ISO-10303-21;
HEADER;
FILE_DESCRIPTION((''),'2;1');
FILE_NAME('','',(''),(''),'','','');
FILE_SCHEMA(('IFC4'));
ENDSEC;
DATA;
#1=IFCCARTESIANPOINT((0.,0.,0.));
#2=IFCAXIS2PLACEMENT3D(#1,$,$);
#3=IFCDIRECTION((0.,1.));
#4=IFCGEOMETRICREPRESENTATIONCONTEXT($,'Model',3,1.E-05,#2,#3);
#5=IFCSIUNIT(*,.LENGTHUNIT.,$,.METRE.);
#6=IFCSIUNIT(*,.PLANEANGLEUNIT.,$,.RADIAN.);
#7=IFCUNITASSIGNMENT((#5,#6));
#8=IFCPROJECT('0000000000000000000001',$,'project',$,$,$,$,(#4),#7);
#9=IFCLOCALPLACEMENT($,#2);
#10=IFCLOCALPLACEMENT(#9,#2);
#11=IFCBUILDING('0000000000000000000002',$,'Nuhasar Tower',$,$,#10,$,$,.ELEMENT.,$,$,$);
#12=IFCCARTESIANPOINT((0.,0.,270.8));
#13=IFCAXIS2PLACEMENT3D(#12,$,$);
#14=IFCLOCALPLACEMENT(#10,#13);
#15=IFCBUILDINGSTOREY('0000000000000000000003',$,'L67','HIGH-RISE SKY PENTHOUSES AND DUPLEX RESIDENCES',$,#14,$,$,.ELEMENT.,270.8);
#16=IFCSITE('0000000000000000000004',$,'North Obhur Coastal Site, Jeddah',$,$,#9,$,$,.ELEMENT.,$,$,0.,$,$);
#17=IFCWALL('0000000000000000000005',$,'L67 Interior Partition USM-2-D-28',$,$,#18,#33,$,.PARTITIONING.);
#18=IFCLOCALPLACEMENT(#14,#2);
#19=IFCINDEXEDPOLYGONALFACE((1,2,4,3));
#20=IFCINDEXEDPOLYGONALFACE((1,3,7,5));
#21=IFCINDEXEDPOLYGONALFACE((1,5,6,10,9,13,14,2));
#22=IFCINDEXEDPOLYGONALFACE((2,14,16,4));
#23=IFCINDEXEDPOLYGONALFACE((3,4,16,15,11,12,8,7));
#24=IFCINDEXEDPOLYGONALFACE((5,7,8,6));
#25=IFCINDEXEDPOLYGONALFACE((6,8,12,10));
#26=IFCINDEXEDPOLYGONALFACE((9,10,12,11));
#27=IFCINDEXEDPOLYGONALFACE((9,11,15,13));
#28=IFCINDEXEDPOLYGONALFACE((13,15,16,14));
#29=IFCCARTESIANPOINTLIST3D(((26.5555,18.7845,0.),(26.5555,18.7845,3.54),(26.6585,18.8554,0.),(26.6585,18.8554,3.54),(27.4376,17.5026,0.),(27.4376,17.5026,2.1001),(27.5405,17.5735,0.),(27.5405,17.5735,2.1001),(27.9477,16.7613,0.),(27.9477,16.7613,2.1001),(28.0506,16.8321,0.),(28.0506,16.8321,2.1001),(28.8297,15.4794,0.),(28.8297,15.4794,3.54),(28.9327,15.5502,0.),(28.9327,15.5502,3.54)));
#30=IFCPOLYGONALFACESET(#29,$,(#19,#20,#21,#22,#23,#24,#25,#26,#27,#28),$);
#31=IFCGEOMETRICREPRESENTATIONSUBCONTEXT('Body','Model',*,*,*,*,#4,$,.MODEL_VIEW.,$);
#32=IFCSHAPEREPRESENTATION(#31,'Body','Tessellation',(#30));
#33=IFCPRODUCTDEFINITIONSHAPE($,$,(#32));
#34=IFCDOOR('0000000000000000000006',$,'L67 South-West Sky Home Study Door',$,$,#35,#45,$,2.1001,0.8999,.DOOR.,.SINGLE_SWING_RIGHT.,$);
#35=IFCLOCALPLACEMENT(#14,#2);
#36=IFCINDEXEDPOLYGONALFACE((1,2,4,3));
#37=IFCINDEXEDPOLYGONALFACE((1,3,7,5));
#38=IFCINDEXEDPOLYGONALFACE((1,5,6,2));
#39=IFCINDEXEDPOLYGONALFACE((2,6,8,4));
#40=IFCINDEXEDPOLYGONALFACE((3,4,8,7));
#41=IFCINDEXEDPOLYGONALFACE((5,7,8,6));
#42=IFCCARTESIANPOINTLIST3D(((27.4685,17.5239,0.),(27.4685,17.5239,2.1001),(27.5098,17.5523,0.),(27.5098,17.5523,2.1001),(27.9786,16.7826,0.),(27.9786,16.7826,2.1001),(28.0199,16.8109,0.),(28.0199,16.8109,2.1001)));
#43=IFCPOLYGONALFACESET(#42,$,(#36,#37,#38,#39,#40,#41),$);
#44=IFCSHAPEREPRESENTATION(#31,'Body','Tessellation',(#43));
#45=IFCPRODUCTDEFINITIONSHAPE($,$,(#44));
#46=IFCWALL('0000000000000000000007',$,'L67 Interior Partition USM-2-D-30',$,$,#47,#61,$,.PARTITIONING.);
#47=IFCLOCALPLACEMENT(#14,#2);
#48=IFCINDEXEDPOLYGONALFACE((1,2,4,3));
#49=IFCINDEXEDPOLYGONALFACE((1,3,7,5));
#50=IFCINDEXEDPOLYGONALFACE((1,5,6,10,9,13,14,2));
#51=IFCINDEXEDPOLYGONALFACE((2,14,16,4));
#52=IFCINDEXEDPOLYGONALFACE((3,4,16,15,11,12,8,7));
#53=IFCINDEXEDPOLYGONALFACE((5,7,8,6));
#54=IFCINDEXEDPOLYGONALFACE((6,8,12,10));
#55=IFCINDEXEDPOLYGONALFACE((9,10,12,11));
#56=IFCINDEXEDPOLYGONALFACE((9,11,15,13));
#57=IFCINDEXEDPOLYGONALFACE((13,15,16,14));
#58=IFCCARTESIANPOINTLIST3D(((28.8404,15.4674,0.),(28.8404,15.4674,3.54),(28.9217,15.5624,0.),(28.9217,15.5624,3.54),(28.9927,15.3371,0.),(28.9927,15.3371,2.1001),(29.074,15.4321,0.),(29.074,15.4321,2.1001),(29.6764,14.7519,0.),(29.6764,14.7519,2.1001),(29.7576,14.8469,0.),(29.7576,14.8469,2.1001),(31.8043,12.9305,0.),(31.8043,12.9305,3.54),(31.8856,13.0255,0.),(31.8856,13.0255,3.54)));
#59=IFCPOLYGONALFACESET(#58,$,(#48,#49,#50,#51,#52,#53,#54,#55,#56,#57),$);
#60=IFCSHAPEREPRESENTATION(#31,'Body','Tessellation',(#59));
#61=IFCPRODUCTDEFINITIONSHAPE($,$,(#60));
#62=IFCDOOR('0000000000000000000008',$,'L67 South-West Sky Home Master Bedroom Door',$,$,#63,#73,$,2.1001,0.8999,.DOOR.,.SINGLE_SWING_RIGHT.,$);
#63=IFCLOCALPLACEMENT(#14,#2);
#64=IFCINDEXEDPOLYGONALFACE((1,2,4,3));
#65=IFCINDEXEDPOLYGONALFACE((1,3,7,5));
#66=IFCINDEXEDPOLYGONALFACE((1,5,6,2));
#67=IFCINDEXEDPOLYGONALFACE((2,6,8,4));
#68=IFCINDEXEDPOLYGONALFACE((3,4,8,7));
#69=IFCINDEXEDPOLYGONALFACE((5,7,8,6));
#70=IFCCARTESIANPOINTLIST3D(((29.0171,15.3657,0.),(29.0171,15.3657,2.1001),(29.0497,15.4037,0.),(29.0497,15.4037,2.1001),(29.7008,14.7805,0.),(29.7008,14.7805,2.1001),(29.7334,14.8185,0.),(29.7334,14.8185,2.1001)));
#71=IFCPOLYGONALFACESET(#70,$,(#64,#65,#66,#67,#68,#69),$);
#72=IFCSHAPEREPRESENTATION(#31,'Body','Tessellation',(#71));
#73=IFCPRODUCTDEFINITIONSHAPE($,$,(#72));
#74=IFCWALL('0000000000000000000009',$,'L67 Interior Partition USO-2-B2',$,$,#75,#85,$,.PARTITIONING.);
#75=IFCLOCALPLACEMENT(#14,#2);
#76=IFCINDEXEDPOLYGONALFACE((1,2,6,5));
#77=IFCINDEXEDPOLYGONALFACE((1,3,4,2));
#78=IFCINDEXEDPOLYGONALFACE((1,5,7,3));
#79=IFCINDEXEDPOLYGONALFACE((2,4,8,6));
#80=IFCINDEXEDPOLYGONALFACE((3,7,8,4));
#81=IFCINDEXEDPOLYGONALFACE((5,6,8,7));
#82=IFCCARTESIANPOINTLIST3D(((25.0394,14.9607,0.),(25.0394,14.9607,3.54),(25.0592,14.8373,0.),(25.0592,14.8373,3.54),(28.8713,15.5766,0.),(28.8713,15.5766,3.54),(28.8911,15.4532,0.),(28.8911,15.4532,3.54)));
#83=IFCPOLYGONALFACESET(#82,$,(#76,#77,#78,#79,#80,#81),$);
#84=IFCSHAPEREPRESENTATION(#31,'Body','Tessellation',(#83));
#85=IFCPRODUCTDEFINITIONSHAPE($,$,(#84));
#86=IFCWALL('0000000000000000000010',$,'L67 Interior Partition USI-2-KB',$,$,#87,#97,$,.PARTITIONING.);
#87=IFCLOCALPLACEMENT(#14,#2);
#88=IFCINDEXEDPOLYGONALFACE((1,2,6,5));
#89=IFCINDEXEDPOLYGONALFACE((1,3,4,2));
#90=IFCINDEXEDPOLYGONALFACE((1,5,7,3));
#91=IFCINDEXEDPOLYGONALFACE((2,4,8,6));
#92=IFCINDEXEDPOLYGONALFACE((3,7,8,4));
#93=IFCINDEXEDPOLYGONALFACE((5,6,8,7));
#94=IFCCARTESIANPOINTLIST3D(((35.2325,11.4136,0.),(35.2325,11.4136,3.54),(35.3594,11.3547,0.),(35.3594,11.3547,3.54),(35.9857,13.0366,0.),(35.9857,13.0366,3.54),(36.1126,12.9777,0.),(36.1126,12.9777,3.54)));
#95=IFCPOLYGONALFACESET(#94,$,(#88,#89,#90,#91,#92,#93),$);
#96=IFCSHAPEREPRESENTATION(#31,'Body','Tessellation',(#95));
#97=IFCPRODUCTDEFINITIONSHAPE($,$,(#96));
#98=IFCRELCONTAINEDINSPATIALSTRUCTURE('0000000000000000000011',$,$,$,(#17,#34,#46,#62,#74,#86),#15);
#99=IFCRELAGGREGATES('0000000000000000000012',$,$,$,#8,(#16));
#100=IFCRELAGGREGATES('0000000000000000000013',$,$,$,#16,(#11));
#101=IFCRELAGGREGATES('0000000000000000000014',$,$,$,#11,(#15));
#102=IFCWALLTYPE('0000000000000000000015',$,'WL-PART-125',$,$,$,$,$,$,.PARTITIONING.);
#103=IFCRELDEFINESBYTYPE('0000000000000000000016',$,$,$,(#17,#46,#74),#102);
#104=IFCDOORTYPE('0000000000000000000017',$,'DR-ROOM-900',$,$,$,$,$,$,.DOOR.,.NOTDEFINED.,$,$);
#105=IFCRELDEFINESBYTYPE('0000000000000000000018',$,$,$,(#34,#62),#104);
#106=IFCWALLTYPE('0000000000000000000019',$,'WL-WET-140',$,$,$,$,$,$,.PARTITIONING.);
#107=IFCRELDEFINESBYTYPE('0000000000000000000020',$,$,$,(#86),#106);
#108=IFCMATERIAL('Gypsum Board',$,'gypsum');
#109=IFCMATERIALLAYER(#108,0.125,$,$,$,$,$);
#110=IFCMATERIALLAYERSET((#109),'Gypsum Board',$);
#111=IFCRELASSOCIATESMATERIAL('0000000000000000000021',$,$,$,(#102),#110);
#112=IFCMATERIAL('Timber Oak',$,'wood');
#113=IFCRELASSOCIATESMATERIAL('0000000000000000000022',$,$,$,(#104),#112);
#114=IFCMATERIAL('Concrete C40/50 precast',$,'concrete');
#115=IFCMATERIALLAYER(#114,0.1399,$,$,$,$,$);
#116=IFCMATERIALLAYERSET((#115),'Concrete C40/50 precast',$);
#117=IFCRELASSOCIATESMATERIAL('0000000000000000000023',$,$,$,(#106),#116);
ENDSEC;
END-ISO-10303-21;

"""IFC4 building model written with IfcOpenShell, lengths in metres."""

from ifc_helpers import new_model, si_unit, direction, frame, frame_2d, origin, place, context, subcontext, project, spatial, rectangle, extrude, material, layer, layer_set, type_object, element, fill, save


model = new_model("IFC4")

# Units and contexts
model_context = context("Model", 3, precision=1e-05, world=origin(), true_north=direction((0.0, 1.0)))
body_context = subcontext(model_context, "Body", "Model", "MODEL_VIEW")
ifc_project = project(units=[si_unit("LENGTHUNIT", "METRE"), si_unit("PLANEANGLEUNIT", "RADIAN")], contexts=[model_context])

# Site, building, storey
site_placement = place(None, origin())
site = spatial("IfcSite", under=ifc_project, at=site_placement, Name="North Obhur Coastal Site, Jeddah", CompositionType="ELEMENT", RefElevation=0.0)
building_placement = place(site_placement, origin())
building = spatial("IfcBuilding", under=site, at=building_placement, Name="Nuhasar Tower", CompositionType="ELEMENT")
storey_placement = place(building_placement, frame((0.0, 0.0, 270.8)))
storey = spatial("IfcBuildingStorey", under=building, at=storey_placement, Name="L67", Description="HIGH-RISE SKY PENTHOUSES AND DUPLEX RESIDENCES", CompositionType="ELEMENT", Elevation=270.8)

# Shared definitions
ifc_material_1 = material(Name="Gypsum Board", Category="gypsum")

# Shared definitions
ifc_layer_1 = layer(ifc_material_1, 0.125)
ifc_layer_set_1 = layer_set([ifc_layer_1], Name="Gypsum Board")
wall_type_1 = type_object("IfcWallType", Name="WL-PART-125", PredefinedType="PARTITIONING", material=ifc_layer_set_1)
ifc_material_2 = material(Name="Timber Oak", Category="wood")
door_type = type_object("IfcDoorType", Name="DR-ROOM-900", OperationType="NOTDEFINED", PredefinedType="DOOR", material=ifc_material_2)

# Walls, openings, doors
wall_1_placement = place(storey_placement, frame((28.8811, 15.5149, 0.0), z_axis=(0.0, 0.0, 1.0), x_axis=(-0.566844, 0.823825, 0.0)))
wall_1 = element("IfcWall", 1, at=wall_1_placement, inside=storey, type_object=wall_type_1, Name="L67 Interior Partition USM-2-D-28", PredefinedType="PARTITIONING", context=body_context, shape_type="SweptSolid", body=[
    extrude(rectangle(XDim=4.012, YDim=0.125, at=frame_2d((2.0059, 0.0))), origin(), (0.0, 0.0, 1.0), 3.54),
])
opening_1_placement = place(wall_1_placement, frame((1.5559, 0.0, 0.0)))
opening_1 = element("IfcOpeningElement", 2, at=opening_1_placement, cuts=wall_1, PredefinedType="OPENING", context=body_context, shape_type="SweptSolid", body=[
    extrude(rectangle(XDim=0.8999, YDim=2.1001, at=frame_2d((0.45, 1.05))), frame((0.0, 0.0725, 0.0), z_axis=(0.0, -1.0, 0.0), x_axis=(1.0, 0.0, 0.0)), (0.0, 0.0, 1.0), 0.145),
])
door_1_placement = place(opening_1_placement, origin())
door_1 = element("IfcDoor", 3, at=door_1_placement, inside=storey, type_object=door_type, Name="L67 South-West Sky Home Study Door", OperationType="SINGLE_SWING_RIGHT", OverallHeight=2.1001, OverallWidth=0.8999, PredefinedType="DOOR", context=body_context, shape_type="SweptSolid", body=[
    extrude(rectangle(XDim=0.8999, YDim=2.1001, at=frame_2d((0.45, 1.05))), frame((0.0, 0.0249, 0.0), z_axis=(0.0, -1.0, 0.0), x_axis=(1.0, 0.0, 0.0)), (0.0, 0.0, 1.0), 0.05),
])
fill(opening_1, door_1)
wall_2_placement = place(storey_placement, frame((31.845, 12.978, 0.0), z_axis=(0.0, 0.0, 1.0), x_axis=(-0.759711, 0.65026, 0.0)))
wall_2 = element("IfcWall", 4, at=wall_2_placement, inside=storey, type_object=wall_type_1, Name="L67 Interior Partition USM-2-D-30", PredefinedType="PARTITIONING", context=body_context, shape_type="SweptSolid", body=[
    extrude(rectangle(XDim=3.9014, YDim=0.125, at=frame_2d((1.9507, 0.0))), origin(), (0.0, 0.0, 1.0), 3.54),
])
opening_2_placement = place(wall_2_placement, frame((2.801, 0.0, 0.0)))
opening_2 = element("IfcOpeningElement", 5, at=opening_2_placement, cuts=wall_2, PredefinedType="OPENING", context=body_context, shape_type="SweptSolid", body=[
    extrude(rectangle(XDim=0.8999, YDim=2.1001, at=frame_2d((0.45, 1.05))), frame((0.0, 0.0725, 0.0), z_axis=(0.0, -1.0, 0.0), x_axis=(1.0, 0.0, 0.0)), (0.0, 0.0, 1.0), 0.145),
])
door_2_placement = place(opening_2_placement, origin())
door_2 = element("IfcDoor", 6, at=door_2_placement, inside=storey, type_object=door_type, Name="L67 South-West Sky Home Master Bedroom Door", OperationType="SINGLE_SWING_RIGHT", OverallHeight=2.1001, OverallWidth=0.8999, PredefinedType="DOOR", context=body_context, shape_type="SweptSolid", body=[
    extrude(rectangle(XDim=0.8999, YDim=2.1001, at=frame_2d((0.45, 1.05))), frame((0.0, 0.0249, 0.0), z_axis=(0.0, -1.0, 0.0), x_axis=(1.0, 0.0, 0.0)), (0.0, 0.0, 1.0), 0.05),
])
fill(opening_2, door_2)

# Walls
wall_3_placement = place(storey_placement, frame((28.8811, 15.5149, 0.0), z_axis=(0.0, 0.0, 1.0), x_axis=(-0.987326, -0.158704, 0.0)))
element("IfcWall", 7, at=wall_3_placement, inside=storey, type_object=wall_type_1, Name="L67 Interior Partition USO-2-B2", PredefinedType="PARTITIONING", context=body_context, shape_type="SweptSolid", body=[
    extrude(rectangle(XDim=3.8811, YDim=0.125, at=frame_2d((1.9404, 0.0))), origin(), (0.0, 0.0, 1.0), 3.54),
])
ifc_material_3 = material(Name="Concrete C40/50 precast", Category="concrete")
ifc_layer_2 = layer(ifc_material_3, 0.1399)
ifc_layer_set_2 = layer_set([ifc_layer_2], Name="Concrete C40/50 precast")
wall_type_2 = type_object("IfcWallType", Name="WL-WET-140", PredefinedType="PARTITIONING", material=ifc_layer_set_2)
wall_4_placement = place(storey_placement, frame((36.0491, 13.0071, 0.0), z_axis=(0.0, 0.0, 1.0), x_axis=(-0.420935, -0.907091, 0.0)))
element("IfcWall", 8, at=wall_4_placement, inside=storey, type_object=wall_type_2, Name="L67 Interior Partition USI-2-KB", PredefinedType="PARTITIONING", context=body_context, shape_type="SweptSolid", body=[
    extrude(rectangle(XDim=1.7893, YDim=0.1399, at=frame_2d((0.8945, 0.0))), origin(), (0.0, 0.0, 1.0), 3.54),
])

save(model, "model.ifc")
